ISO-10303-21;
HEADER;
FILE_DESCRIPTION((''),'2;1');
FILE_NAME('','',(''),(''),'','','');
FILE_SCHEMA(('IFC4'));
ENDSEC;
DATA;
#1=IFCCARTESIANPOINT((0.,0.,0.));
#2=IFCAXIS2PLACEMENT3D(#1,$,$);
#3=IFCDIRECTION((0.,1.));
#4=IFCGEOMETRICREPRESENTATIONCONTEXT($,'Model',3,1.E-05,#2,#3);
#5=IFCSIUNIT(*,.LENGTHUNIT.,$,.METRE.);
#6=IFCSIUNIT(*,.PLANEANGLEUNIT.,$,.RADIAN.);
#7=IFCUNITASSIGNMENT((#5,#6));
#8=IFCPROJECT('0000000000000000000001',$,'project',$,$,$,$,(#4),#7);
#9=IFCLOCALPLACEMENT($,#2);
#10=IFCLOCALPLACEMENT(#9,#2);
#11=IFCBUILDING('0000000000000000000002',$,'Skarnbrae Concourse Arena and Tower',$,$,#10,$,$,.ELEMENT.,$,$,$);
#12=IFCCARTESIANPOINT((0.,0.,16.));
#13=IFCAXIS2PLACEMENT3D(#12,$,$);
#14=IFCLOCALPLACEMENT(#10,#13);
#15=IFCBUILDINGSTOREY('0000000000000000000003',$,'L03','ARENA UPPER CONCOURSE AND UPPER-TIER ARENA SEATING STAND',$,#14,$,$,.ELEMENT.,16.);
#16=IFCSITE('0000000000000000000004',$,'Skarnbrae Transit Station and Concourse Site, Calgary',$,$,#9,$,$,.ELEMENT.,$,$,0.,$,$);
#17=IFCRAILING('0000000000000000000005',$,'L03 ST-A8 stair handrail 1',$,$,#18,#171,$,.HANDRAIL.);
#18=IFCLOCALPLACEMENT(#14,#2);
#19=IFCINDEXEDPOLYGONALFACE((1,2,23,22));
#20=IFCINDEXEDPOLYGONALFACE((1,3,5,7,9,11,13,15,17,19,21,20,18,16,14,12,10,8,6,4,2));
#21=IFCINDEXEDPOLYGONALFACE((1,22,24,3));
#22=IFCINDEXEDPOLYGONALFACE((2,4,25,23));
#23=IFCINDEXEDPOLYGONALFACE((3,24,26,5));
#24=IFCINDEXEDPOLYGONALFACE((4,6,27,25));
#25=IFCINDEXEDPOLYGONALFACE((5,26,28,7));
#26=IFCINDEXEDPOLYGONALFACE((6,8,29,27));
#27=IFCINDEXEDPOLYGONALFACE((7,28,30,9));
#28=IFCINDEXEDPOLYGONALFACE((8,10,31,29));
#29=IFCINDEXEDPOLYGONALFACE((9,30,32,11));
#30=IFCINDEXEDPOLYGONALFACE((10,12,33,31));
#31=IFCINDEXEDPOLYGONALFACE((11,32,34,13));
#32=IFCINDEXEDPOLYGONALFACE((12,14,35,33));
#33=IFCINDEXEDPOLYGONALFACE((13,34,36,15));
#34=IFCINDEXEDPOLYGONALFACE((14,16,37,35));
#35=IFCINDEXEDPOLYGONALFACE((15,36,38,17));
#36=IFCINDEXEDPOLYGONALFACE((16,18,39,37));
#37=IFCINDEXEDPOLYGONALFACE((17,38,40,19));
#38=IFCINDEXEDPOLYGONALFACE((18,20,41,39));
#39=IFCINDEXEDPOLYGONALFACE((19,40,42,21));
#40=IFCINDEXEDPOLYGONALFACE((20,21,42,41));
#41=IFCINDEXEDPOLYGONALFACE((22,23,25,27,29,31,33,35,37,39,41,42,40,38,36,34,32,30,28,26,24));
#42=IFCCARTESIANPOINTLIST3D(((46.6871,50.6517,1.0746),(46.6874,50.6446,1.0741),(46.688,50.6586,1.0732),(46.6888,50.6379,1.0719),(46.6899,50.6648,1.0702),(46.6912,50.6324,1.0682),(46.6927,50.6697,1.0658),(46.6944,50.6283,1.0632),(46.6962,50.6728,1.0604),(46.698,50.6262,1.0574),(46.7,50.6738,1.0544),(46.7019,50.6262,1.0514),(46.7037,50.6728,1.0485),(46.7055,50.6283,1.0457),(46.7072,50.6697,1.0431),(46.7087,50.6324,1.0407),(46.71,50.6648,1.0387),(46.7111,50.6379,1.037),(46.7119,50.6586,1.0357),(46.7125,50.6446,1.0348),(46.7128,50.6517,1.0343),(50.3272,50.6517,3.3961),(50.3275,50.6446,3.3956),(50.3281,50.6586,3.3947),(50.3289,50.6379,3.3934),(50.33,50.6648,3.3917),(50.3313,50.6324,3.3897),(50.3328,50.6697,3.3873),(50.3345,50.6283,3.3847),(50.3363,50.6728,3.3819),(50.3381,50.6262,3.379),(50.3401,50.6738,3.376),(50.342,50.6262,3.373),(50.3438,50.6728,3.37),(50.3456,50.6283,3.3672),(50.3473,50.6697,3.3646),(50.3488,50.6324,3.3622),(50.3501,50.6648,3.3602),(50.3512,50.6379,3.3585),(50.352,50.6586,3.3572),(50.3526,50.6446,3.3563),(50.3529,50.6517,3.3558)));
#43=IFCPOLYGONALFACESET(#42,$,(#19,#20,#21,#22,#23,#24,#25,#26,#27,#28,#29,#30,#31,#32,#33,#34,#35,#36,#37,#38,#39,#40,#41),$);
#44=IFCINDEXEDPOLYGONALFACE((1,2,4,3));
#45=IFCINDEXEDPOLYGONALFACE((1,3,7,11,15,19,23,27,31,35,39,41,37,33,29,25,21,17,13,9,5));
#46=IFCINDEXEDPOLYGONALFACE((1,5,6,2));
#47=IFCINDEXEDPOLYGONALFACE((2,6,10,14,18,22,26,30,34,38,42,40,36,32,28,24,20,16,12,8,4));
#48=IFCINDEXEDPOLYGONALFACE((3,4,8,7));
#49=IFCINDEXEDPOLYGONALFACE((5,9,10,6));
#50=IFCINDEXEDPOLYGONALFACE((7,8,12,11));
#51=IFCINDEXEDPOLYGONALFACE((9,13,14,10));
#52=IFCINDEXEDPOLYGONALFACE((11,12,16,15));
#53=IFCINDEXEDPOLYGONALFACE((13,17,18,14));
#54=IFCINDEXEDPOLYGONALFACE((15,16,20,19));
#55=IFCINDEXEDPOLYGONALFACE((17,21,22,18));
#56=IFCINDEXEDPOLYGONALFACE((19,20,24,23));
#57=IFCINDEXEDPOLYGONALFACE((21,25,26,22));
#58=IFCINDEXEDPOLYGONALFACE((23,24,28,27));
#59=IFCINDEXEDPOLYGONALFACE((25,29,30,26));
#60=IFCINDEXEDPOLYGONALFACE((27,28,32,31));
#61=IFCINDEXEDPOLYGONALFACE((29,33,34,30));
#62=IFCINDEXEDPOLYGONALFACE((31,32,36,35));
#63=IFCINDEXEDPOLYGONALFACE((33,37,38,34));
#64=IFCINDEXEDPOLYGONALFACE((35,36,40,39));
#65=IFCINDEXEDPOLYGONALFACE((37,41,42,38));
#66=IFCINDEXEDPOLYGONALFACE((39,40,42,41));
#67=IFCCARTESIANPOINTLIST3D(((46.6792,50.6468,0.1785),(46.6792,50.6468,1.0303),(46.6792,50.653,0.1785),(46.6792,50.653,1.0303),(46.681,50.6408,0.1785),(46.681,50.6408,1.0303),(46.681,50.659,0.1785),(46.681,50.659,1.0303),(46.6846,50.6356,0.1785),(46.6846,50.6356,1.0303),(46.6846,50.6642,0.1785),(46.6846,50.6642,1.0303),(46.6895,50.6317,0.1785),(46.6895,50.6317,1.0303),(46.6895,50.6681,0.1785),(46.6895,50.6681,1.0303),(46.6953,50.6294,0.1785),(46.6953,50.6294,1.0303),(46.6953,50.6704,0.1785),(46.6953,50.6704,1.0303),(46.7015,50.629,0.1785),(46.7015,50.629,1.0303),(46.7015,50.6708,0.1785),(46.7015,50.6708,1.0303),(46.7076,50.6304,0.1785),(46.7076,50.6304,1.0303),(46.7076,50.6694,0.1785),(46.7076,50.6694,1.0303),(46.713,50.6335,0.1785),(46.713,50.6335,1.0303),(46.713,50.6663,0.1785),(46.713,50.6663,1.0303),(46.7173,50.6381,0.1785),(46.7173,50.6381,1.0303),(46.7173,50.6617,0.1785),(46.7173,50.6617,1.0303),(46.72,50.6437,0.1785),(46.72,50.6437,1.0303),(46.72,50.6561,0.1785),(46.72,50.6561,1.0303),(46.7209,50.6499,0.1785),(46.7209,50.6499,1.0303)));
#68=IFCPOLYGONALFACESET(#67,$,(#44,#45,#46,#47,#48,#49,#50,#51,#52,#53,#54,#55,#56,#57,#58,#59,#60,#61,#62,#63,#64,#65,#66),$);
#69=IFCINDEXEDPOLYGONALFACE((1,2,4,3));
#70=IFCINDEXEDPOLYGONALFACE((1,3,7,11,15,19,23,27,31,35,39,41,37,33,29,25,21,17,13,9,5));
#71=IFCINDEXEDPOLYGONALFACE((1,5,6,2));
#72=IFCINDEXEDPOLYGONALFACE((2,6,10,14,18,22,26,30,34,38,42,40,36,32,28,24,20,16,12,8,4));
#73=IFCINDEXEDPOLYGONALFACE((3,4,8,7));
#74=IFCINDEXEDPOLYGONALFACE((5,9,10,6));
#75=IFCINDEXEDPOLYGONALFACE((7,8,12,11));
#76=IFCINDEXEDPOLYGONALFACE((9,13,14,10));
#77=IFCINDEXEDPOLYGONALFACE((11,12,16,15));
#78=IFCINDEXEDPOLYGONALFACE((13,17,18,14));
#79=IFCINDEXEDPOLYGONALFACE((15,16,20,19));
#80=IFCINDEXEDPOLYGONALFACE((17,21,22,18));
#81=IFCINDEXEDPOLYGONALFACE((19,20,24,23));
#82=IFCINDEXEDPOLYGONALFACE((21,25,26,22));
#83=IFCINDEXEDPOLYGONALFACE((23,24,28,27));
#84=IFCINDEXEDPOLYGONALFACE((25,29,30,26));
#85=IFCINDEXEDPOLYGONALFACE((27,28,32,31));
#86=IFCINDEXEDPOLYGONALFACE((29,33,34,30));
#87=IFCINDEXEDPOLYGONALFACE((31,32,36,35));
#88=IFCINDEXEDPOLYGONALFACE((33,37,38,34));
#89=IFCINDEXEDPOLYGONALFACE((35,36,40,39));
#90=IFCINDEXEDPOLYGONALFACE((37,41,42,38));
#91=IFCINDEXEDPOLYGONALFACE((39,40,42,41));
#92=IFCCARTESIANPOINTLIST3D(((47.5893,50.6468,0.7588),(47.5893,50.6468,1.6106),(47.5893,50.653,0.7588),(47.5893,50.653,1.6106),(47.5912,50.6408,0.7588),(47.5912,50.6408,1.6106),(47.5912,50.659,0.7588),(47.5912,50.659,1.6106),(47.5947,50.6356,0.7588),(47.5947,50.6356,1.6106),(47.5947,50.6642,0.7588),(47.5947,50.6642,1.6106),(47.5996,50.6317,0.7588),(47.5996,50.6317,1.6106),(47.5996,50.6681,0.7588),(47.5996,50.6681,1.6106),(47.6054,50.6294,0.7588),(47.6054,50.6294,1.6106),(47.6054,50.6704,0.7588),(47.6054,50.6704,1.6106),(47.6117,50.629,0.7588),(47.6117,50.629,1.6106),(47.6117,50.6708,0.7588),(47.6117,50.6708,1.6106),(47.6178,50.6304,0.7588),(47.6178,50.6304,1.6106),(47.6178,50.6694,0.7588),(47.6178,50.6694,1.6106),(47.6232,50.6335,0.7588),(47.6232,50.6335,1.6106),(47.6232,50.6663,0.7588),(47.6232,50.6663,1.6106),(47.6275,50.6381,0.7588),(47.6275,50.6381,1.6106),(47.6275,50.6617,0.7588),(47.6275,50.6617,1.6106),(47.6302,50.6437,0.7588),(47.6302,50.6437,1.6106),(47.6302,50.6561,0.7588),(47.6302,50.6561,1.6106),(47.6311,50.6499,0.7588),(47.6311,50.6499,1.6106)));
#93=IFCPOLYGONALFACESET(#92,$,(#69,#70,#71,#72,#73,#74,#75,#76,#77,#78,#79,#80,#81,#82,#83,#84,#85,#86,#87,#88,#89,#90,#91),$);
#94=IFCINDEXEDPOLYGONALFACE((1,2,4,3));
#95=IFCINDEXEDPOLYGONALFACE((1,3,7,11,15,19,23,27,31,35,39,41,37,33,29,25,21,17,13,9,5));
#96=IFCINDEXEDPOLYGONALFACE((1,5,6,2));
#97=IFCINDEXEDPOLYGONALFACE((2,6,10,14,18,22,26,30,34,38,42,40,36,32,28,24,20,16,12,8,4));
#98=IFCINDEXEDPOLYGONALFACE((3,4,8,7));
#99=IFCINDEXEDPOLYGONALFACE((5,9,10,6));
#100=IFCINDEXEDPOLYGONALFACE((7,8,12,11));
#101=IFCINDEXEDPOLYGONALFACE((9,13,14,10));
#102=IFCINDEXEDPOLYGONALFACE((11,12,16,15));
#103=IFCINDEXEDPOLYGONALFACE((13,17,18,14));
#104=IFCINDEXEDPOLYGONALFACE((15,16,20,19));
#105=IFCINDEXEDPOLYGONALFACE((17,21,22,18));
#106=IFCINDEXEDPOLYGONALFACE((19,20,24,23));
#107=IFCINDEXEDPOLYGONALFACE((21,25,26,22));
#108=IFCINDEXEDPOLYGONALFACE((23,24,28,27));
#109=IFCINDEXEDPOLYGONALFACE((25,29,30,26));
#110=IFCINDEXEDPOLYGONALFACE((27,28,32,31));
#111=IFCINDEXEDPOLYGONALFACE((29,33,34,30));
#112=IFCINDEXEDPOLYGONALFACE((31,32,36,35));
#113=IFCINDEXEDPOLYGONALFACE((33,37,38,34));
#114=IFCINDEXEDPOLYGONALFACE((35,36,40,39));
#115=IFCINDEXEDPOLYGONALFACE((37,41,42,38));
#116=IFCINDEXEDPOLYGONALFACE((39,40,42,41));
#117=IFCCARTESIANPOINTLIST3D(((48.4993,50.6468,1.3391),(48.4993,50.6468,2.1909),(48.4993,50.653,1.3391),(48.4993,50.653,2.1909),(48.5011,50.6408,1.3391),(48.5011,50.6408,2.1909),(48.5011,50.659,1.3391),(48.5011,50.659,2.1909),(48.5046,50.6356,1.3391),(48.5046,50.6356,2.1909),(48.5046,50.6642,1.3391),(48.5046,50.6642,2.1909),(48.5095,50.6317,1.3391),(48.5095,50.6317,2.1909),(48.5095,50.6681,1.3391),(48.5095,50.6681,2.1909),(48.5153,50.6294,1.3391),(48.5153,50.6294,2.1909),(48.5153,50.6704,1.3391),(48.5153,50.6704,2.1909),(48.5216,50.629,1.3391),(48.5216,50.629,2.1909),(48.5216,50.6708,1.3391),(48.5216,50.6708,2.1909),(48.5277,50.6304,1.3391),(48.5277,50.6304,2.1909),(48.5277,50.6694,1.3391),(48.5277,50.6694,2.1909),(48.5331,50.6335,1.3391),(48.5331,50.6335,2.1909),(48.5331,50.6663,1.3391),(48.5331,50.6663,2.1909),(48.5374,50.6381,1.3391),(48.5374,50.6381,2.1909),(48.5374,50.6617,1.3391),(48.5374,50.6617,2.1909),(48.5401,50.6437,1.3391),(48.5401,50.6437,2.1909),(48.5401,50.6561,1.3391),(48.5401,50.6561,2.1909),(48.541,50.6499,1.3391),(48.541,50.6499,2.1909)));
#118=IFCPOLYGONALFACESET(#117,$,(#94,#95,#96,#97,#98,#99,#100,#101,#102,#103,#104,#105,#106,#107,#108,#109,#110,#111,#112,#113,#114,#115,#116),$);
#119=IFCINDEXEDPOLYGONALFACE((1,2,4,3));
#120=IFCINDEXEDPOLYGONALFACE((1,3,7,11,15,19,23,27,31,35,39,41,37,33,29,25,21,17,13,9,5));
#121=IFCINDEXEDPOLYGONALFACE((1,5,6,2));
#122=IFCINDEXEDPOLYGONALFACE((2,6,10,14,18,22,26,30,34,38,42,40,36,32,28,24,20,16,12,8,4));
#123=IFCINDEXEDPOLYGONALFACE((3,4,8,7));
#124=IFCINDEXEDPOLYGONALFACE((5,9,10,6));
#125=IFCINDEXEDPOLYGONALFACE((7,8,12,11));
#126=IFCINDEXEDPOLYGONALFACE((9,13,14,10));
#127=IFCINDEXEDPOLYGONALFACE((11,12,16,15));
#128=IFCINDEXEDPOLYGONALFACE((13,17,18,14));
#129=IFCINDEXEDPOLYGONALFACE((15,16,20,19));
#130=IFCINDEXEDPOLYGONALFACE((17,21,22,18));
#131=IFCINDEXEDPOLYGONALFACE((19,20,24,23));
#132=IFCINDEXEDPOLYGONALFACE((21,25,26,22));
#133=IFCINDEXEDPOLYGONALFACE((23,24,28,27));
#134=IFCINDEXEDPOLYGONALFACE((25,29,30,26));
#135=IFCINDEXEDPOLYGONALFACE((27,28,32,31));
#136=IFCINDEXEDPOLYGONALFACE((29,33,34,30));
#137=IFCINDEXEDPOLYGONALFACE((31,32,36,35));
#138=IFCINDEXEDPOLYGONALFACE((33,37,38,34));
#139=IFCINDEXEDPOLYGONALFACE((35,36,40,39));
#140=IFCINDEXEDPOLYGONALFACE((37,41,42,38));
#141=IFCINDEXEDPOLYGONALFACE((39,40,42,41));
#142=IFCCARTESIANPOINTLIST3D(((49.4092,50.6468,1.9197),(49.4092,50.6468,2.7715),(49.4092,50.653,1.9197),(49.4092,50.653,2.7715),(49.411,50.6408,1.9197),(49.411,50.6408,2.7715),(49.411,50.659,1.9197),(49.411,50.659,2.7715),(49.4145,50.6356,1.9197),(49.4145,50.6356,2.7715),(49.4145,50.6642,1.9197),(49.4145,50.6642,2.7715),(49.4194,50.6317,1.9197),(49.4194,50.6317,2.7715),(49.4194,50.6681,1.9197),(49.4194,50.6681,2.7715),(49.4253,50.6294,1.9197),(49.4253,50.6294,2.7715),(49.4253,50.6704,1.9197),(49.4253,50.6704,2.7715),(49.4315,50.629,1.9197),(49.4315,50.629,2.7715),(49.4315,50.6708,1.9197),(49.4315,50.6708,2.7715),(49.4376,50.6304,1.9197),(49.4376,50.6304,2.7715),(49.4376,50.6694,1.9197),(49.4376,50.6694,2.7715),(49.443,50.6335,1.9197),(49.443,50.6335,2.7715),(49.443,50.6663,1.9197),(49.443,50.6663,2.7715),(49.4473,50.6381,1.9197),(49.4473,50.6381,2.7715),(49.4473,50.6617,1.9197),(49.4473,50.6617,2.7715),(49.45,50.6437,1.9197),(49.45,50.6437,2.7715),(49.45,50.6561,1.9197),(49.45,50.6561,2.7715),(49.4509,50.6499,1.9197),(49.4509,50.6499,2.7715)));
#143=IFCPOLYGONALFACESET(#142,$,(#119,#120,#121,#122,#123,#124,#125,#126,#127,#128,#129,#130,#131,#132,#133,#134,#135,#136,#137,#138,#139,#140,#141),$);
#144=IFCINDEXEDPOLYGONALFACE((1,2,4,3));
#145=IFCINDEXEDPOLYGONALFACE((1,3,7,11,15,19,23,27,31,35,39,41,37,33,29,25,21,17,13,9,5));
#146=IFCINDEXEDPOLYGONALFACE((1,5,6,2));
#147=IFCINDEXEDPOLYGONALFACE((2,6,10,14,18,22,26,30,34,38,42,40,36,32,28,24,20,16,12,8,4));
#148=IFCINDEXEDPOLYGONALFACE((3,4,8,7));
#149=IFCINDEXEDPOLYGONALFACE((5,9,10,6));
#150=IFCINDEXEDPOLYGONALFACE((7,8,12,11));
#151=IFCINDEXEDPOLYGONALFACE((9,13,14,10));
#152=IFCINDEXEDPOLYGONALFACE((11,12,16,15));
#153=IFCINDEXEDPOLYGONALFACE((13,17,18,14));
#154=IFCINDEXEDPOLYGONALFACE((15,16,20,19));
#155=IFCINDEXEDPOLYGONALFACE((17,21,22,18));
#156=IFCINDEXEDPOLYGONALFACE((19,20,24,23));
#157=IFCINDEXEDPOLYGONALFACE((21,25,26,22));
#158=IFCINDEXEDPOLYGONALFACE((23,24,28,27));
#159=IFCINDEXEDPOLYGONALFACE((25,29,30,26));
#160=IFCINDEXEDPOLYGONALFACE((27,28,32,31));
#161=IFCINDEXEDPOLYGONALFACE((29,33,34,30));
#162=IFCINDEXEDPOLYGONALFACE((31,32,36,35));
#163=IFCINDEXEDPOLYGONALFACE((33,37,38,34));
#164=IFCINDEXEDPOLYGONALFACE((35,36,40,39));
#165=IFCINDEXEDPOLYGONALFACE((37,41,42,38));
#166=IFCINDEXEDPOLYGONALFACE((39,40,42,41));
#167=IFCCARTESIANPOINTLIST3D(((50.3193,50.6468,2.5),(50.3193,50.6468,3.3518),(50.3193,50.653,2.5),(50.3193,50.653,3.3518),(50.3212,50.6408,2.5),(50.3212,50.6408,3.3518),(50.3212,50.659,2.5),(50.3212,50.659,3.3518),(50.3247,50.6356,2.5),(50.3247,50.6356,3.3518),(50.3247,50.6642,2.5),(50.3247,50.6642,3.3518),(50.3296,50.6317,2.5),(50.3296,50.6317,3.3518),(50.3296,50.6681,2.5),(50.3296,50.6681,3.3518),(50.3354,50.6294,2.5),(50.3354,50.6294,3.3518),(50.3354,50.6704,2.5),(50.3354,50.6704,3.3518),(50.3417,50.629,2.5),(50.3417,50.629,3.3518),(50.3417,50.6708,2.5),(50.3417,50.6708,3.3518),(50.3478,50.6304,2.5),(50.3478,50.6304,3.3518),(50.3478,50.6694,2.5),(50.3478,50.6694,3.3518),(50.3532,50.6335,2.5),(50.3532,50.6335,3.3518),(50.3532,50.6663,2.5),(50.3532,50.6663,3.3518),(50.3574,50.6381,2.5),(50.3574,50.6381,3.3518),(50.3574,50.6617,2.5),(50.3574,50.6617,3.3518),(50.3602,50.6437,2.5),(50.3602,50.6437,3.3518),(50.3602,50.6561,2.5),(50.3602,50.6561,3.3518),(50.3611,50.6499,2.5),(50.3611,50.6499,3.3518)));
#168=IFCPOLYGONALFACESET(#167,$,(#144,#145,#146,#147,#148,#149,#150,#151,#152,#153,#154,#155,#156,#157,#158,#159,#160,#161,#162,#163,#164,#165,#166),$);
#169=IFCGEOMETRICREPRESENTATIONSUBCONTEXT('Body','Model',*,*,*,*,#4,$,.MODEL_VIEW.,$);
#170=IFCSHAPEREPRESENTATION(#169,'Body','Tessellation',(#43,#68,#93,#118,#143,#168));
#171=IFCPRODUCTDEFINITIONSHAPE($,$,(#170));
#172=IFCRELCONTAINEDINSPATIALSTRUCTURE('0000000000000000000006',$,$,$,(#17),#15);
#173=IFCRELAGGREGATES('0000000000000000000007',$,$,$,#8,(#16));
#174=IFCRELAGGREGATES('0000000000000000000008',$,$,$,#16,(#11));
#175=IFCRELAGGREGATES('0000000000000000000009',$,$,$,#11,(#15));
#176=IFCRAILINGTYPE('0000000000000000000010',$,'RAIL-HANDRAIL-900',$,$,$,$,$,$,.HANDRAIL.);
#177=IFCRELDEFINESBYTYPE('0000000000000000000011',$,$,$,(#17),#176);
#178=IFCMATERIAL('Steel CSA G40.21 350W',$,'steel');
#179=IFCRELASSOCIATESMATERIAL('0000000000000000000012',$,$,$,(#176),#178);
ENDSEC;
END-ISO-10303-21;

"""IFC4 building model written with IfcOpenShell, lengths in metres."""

from ifc_helpers import new_model, si_unit, direction, frame, origin, origin_2d, place, context, subcontext, project, spatial, circle, extrude, material, type_object, element, save


model = new_model("IFC4")

# Units and contexts
model_context = context("Model", 3, precision=1e-05, world=origin(), true_north=direction((0.0, 1.0)))
body_context = subcontext(model_context, "Body", "Model", "MODEL_VIEW")
ifc_project = project(units=[si_unit("LENGTHUNIT", "METRE"), si_unit("PLANEANGLEUNIT", "RADIAN")], contexts=[model_context])

# Site, building, storey
site_placement = place(None, origin())
site = spatial("IfcSite", under=ifc_project, at=site_placement, Name="Skarnbrae Transit Station and Concourse Site, Calgary", CompositionType="ELEMENT", RefElevation=0.0)
building_placement = place(site_placement, origin())
building = spatial("IfcBuilding", under=site, at=building_placement, Name="Skarnbrae Concourse Arena and Tower", CompositionType="ELEMENT")
storey_placement = place(building_placement, frame((0.0, 0.0, 16.0)))
storey = spatial("IfcBuildingStorey", under=building, at=storey_placement, Name="L03", Description="ARENA UPPER CONCOURSE AND UPPER-TIER ARENA SEATING STAND", CompositionType="ELEMENT", Elevation=16.0)

# Shared definitions
ifc_material_1 = material(Name="Steel CSA G40.21 350W", Category="steel")

# Railing
railing_type_1 = type_object("IfcRailingType", Name="RAIL-HANDRAIL-900", PredefinedType="HANDRAIL", material=ifc_material_1)
railing_1_placement = place(storey_placement, frame((46.7, 50.6499, 0.1785)))
element("IfcRailing", 1, at=railing_1_placement, inside=storey, type_object=railing_type_1, Name="L03 ST-A8 stair handrail 1", PredefinedType="HANDRAIL", context=body_context, shape_type="SweptSolid", body=[
    extrude(circle(Radius=0.0239, at=origin_2d()), frame((0.0, 0.0, 0.876), z_axis=(0.843128, 0.0, 0.537713), x_axis=(0.0, 1.0, 0.0)), (0.0, 0.0, 1.0), 4.3174),
    extrude(circle(Radius=0.021, at=origin_2d()), origin(), (0.0, 0.0, 1.0), 0.8518),
    extrude(circle(Radius=0.021, at=origin_2d()), frame((0.9102, 0.0, 0.5803)), (0.0, 0.0, 1.0), 0.8518),
    extrude(circle(Radius=0.021, at=origin_2d()), frame((1.8201, 0.0, 1.1606)), (0.0, 0.0, 1.0), 0.8518),
    extrude(circle(Radius=0.021, at=origin_2d()), frame((2.73, 0.0, 1.7412)), (0.0, 0.0, 1.0), 0.8518),
    extrude(circle(Radius=0.021, at=origin_2d()), frame((3.6401, 0.0, 2.3215)), (0.0, 0.0, 1.0), 0.8518),
])

save(model, "model.ifc")
